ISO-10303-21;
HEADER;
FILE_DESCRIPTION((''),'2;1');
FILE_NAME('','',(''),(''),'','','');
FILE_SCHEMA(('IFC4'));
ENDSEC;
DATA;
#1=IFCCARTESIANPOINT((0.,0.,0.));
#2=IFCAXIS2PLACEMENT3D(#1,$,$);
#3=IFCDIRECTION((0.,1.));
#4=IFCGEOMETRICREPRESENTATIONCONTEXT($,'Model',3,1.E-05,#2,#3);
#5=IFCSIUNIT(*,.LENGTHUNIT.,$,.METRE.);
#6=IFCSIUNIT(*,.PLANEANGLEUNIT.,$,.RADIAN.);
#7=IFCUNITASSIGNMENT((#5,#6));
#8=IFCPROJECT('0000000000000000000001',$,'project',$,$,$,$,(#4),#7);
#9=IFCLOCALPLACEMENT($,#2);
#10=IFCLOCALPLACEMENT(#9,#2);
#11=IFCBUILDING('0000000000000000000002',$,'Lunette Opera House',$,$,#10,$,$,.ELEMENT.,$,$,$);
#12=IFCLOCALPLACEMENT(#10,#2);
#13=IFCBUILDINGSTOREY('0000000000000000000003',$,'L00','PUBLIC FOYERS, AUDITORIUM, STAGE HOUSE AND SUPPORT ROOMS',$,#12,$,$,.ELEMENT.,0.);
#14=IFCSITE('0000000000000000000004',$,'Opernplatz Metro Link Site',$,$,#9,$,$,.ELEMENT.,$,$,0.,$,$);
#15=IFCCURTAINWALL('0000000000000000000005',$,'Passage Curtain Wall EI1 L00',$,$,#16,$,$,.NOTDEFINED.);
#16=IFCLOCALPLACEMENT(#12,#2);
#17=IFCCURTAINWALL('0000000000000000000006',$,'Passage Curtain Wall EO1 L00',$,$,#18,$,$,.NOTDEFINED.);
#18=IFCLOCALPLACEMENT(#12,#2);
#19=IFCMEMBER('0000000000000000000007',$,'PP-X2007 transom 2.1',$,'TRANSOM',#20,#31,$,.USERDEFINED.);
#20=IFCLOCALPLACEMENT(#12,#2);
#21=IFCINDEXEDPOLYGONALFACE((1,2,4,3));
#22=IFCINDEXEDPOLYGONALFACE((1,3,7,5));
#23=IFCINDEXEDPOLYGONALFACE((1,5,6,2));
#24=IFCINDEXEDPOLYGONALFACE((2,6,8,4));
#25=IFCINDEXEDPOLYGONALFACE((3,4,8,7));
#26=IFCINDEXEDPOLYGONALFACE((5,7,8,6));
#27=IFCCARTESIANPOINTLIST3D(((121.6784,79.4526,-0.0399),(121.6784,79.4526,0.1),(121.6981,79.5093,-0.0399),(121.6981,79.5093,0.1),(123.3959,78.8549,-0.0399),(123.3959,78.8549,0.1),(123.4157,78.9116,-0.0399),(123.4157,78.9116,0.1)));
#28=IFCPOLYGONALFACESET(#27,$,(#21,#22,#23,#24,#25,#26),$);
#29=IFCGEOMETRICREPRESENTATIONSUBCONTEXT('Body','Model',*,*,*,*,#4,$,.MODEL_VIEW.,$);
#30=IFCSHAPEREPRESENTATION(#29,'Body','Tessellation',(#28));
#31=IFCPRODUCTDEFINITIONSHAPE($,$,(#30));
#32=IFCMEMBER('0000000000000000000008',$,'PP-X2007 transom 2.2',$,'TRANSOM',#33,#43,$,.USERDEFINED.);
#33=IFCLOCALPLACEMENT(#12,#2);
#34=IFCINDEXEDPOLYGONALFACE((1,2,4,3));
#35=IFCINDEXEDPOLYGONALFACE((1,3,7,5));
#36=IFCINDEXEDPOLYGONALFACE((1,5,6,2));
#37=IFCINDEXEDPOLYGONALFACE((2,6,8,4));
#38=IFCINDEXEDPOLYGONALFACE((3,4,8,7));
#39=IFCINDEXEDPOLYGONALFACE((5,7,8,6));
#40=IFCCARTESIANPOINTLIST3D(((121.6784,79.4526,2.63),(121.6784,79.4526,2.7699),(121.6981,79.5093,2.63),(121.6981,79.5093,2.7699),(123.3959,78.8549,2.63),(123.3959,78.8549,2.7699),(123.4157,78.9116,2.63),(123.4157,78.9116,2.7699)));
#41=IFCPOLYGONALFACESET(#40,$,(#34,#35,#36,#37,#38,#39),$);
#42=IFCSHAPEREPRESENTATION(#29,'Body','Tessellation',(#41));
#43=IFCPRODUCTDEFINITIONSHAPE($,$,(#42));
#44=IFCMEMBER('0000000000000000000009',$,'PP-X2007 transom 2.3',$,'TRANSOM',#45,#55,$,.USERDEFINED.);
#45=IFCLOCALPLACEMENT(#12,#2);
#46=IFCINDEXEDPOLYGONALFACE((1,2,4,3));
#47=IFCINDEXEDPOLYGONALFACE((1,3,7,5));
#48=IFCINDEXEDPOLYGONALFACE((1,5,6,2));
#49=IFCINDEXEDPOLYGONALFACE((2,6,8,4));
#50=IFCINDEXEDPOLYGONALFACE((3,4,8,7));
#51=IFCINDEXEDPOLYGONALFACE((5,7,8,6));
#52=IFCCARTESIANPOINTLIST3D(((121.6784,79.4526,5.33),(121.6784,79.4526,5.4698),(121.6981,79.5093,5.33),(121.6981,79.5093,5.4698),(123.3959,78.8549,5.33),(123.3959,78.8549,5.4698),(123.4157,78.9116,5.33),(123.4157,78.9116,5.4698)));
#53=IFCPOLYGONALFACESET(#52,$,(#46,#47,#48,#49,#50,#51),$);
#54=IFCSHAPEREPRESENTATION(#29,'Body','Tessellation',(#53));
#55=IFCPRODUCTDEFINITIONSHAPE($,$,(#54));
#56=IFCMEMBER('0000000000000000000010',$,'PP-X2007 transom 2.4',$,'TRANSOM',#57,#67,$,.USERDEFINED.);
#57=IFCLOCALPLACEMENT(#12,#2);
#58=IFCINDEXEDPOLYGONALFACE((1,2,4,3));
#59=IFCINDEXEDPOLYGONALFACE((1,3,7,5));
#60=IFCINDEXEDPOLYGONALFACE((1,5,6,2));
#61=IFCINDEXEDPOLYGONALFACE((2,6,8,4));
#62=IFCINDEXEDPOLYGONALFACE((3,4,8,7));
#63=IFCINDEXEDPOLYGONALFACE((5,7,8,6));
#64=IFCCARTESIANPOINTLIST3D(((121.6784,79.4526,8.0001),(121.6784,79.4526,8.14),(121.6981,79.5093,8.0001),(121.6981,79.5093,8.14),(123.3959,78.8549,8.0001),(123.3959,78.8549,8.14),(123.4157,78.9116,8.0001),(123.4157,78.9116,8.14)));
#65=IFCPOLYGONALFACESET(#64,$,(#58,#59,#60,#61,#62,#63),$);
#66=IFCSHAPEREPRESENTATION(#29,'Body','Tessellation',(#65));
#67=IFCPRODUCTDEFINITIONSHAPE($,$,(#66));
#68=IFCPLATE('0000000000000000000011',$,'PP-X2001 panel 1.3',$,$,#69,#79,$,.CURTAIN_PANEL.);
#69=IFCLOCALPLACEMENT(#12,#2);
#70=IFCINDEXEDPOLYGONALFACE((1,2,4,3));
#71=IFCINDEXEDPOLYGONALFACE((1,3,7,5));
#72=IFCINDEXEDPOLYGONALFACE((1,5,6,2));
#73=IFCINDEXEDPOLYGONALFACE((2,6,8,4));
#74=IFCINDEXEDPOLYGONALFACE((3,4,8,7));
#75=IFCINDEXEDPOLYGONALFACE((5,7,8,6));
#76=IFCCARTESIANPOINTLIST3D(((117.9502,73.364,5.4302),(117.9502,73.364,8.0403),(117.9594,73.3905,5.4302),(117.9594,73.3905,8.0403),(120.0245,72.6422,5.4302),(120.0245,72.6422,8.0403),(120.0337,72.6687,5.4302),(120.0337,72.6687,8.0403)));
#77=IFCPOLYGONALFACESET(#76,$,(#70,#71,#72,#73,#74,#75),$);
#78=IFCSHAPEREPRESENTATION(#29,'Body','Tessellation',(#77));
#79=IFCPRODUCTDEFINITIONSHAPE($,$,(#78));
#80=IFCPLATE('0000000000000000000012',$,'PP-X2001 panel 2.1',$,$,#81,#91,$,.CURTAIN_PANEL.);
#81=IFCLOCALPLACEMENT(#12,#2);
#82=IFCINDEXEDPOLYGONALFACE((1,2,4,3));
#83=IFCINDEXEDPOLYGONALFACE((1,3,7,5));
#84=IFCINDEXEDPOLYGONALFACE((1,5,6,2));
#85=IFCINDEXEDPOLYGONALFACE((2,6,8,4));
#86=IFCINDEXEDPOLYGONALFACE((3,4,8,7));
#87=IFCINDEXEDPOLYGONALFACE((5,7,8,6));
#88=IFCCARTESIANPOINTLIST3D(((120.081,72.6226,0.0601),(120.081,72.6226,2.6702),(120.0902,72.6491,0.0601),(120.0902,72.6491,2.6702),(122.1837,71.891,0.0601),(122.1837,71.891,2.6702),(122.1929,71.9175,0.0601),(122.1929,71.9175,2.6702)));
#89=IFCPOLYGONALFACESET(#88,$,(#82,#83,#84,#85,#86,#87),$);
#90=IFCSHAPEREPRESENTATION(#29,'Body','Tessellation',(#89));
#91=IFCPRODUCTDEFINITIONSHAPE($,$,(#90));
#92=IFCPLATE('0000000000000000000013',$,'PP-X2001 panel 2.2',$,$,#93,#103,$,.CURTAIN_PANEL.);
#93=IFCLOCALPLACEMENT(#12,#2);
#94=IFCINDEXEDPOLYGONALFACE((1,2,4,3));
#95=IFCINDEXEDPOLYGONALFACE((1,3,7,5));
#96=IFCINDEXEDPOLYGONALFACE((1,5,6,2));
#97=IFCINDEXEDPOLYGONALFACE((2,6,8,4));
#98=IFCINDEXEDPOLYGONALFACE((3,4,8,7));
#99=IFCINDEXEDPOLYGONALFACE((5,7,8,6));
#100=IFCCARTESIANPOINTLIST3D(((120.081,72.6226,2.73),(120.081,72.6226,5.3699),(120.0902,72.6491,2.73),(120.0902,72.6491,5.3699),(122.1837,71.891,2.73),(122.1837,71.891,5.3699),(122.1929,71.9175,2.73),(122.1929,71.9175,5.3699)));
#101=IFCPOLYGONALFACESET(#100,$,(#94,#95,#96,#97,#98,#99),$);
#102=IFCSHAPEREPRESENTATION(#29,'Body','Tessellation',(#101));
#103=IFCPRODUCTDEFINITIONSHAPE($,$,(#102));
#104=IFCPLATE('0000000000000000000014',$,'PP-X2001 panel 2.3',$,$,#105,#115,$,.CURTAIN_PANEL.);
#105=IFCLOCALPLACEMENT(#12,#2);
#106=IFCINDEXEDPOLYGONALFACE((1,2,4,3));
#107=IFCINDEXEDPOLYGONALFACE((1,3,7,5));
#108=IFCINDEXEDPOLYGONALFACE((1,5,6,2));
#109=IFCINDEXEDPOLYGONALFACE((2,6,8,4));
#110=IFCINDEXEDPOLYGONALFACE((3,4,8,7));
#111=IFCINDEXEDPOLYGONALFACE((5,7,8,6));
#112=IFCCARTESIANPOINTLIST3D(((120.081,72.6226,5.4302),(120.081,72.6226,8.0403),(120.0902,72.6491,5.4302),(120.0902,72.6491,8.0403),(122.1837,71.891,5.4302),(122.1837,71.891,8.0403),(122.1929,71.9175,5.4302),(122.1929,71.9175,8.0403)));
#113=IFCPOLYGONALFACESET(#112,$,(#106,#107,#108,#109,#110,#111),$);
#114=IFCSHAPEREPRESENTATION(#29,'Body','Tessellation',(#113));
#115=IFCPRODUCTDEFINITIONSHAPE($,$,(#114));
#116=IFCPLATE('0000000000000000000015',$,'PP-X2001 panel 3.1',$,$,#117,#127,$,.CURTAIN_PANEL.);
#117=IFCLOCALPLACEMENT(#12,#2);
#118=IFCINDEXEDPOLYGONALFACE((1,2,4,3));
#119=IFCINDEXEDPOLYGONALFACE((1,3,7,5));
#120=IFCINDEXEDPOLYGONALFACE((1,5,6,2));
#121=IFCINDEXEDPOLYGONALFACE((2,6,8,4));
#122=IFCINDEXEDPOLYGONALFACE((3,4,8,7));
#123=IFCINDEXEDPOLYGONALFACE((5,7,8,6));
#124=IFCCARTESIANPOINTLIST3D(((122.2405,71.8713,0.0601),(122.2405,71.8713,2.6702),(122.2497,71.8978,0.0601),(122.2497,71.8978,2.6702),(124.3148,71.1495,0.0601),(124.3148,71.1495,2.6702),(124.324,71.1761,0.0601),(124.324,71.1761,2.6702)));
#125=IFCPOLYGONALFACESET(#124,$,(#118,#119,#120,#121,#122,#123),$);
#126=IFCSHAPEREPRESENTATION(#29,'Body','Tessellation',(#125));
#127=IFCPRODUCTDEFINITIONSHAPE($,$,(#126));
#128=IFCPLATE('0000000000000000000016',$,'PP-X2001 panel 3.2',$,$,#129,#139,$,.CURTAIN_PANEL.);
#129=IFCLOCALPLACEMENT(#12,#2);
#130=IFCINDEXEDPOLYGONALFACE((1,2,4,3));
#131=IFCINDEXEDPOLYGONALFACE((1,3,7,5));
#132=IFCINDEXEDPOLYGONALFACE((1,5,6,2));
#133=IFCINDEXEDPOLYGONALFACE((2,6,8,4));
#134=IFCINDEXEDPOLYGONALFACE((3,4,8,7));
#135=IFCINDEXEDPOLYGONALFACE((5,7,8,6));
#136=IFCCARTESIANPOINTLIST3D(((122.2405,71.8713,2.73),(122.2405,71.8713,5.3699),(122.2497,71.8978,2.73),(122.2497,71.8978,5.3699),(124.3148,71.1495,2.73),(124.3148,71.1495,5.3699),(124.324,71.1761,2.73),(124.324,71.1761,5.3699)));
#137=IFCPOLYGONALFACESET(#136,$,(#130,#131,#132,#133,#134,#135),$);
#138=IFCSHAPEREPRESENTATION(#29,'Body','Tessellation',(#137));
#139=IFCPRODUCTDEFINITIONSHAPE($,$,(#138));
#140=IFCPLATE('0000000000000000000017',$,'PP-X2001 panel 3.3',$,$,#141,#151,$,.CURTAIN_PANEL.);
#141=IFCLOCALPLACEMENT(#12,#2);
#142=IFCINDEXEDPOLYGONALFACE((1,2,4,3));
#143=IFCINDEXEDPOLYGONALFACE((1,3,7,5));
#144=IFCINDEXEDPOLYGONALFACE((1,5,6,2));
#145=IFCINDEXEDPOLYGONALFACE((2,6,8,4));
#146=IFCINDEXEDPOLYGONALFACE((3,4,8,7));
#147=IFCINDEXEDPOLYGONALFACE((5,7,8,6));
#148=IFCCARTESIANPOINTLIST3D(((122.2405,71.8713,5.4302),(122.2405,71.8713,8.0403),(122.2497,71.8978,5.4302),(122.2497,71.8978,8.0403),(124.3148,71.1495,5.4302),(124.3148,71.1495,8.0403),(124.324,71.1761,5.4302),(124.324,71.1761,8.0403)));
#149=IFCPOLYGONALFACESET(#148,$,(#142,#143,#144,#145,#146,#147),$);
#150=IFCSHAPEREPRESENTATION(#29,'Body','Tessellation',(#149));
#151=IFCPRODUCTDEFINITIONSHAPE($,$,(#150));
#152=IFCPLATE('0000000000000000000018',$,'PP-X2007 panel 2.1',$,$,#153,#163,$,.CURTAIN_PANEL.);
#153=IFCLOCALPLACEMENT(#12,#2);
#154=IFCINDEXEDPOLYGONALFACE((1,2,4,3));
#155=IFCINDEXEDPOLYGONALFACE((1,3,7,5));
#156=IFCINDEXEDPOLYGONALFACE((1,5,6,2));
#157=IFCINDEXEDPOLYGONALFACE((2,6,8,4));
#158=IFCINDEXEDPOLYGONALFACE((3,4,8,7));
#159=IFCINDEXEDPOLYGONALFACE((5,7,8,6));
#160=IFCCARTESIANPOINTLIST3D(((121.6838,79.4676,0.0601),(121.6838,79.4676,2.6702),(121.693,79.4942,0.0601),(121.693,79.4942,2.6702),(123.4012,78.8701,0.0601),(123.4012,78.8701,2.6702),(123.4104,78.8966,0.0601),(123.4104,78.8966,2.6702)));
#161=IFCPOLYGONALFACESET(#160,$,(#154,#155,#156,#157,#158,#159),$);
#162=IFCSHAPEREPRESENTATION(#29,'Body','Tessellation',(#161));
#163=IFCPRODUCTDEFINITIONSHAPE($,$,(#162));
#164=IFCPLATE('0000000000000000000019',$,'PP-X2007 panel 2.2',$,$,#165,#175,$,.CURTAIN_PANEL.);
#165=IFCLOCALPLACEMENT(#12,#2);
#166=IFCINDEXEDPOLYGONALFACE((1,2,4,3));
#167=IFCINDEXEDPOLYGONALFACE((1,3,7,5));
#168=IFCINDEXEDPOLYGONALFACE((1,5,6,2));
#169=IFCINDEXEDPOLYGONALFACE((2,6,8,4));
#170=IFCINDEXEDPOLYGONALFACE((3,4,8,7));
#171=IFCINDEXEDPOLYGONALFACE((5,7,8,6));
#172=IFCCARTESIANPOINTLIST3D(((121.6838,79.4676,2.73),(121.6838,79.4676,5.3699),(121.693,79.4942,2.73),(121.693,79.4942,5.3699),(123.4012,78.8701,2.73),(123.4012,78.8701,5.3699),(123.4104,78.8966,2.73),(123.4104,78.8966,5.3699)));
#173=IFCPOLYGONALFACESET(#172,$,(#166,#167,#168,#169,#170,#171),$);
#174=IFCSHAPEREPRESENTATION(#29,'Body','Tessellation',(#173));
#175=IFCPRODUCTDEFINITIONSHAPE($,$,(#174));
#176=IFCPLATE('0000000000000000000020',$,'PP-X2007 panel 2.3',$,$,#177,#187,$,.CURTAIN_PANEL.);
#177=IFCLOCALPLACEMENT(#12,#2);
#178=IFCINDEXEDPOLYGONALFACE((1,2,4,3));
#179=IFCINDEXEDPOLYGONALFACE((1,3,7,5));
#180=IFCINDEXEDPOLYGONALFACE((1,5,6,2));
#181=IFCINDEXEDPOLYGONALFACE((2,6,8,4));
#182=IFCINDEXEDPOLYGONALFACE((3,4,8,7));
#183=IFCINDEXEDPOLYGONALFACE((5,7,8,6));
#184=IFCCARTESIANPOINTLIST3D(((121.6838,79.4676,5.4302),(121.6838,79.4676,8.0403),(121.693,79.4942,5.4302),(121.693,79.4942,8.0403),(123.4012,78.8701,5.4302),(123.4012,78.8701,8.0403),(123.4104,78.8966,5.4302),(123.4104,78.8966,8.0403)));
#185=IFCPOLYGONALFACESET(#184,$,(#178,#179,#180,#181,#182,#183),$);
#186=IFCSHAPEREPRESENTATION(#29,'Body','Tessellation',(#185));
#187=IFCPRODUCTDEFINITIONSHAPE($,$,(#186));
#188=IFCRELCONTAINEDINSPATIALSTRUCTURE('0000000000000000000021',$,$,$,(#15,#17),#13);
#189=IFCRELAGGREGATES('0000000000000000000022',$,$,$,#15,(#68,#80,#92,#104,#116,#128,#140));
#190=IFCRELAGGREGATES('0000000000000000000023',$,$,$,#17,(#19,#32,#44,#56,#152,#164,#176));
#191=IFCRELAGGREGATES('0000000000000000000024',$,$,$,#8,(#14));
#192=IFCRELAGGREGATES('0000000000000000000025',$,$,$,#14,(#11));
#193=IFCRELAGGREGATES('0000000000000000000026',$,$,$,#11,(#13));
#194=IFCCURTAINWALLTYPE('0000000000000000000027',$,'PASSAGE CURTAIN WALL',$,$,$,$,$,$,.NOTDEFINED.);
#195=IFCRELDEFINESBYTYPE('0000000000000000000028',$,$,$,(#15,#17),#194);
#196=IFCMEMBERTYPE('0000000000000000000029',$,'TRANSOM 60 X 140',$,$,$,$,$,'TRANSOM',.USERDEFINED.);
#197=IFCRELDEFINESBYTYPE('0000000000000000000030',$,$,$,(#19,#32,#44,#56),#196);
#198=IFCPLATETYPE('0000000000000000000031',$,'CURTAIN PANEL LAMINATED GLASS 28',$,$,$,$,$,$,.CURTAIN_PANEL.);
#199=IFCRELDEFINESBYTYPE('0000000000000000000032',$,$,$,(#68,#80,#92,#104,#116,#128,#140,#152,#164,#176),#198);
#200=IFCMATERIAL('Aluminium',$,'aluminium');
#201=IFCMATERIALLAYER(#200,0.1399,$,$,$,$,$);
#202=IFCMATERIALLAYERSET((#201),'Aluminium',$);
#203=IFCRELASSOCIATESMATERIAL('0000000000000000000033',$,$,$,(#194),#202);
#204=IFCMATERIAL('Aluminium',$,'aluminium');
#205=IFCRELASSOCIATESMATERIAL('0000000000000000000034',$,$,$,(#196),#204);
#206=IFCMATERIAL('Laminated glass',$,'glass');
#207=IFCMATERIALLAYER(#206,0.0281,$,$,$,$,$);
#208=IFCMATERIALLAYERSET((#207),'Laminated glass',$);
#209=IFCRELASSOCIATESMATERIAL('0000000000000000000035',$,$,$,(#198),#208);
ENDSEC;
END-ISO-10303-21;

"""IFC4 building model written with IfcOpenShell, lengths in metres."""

from ifc_helpers import new_model, si_unit, direction, frame, origin, origin_2d, place, context, subcontext, project, spatial, rectangle, extrude, material, layer, layer_set, material_profile, profile_set, type_object, element, aggregate, save


model = new_model("IFC4")

# Units and contexts
model_context = context("Model", 3, precision=1e-05, world=origin(), true_north=direction((0.0, 1.0)))
body_context = subcontext(model_context, "Body", "Model", "MODEL_VIEW")
ifc_project = project(units=[si_unit("LENGTHUNIT", "METRE"), si_unit("PLANEANGLEUNIT", "RADIAN")], contexts=[model_context])

# Site, building, storey
site_placement = place(None, origin())
site = spatial("IfcSite", under=ifc_project, at=site_placement, Name="Opernplatz Metro Link Site", CompositionType="ELEMENT", RefElevation=0.0)
building_placement = place(site_placement, origin())
building = spatial("IfcBuilding", under=site, at=building_placement, Name="Lunette Opera House", CompositionType="ELEMENT")
storey_placement = place(building_placement, origin())
storey = spatial("IfcBuildingStorey", under=building, at=storey_placement, Name="L00", Description="PUBLIC FOYERS, AUDITORIUM, STAGE HOUSE AND SUPPORT ROOMS", CompositionType="ELEMENT", Elevation=0.0)

# Curtain wall
ifc_material_1 = material(Name="Aluminium", Category="aluminium")
ifc_layer_1 = layer(ifc_material_1, 0.1399)
ifc_layer_set_1 = layer_set([ifc_layer_1], Name="Aluminium")
curtain_wall_type = type_object("IfcCurtainWallType", Name="PASSAGE CURTAIN WALL", PredefinedType="NOTDEFINED", material=ifc_layer_set_1)
curtain_wall_1_placement = place(storey_placement, origin())
curtain_wall_1 = element("IfcCurtainWall", 1, at=curtain_wall_1_placement, inside=storey, type_object=curtain_wall_type, Name="Passage Curtain Wall EI1 L00", PredefinedType="NOTDEFINED")

# Curtain wall
curtain_wall_2_placement = place(storey_placement, origin())
curtain_wall_2 = element("IfcCurtainWall", 2, at=curtain_wall_2_placement, inside=storey, type_object=curtain_wall_type, Name="Passage Curtain Wall EO1 L00", PredefinedType="NOTDEFINED")

# Members
ifc_material_2 = material(Name="Aluminium", Category="aluminium")
ifc_material_profile_1 = material_profile(ifc_material_2, rectangle(XDim=0.0601, YDim=0.1399, at=origin_2d()), Name="TRANSOM 60 X 140")
ifc_profile_set_1 = profile_set([ifc_material_profile_1], Name="Aluminium")
member_type_1 = type_object("IfcMemberType", Name="TRANSOM 60 X 140", ElementType="TRANSOM", PredefinedType="USERDEFINED", material=ifc_profile_set_1)
member_1_placement = place(storey_placement, frame((121.6882, 79.481, 0.03), z_axis=(0.944453, -0.328646, 0.0), x_axis=(0.328646, 0.944453, 0.0)))
member_1 = element("IfcMember", 3, at=member_1_placement, type_object=member_type_1, Name="PP-X2007 transom 2.1", ObjectType="TRANSOM", PredefinedType="USERDEFINED", context=body_context, shape_type="SweptSolid", body=[
    extrude(rectangle(XDim=0.0601, YDim=0.1399, at=origin_2d()), origin(), (0.0, 0.0, 1.0), 1.8186),
])
member_2_placement = place(storey_placement, frame((121.6882, 79.481, 2.7), z_axis=(0.944453, -0.328646, 0.0), x_axis=(0.328646, 0.944453, 0.0)))
member_2 = element("IfcMember", 4, at=member_2_placement, type_object=member_type_1, Name="PP-X2007 transom 2.2", ObjectType="TRANSOM", PredefinedType="USERDEFINED", context=body_context, shape_type="SweptSolid", body=[
    extrude(rectangle(XDim=0.0601, YDim=0.1399, at=origin_2d()), origin(), (0.0, 0.0, 1.0), 1.8186),
])
member_3_placement = place(storey_placement, frame((121.6882, 79.481, 5.3999), z_axis=(0.944453, -0.328646, 0.0), x_axis=(0.328646, 0.944453, 0.0)))
member_3 = element("IfcMember", 5, at=member_3_placement, type_object=member_type_1, Name="PP-X2007 transom 2.3", ObjectType="TRANSOM", PredefinedType="USERDEFINED", context=body_context, shape_type="SweptSolid", body=[
    extrude(rectangle(XDim=0.0601, YDim=0.1399, at=origin_2d()), origin(), (0.0, 0.0, 1.0), 1.8186),
])
member_4_placement = place(storey_placement, frame((121.6882, 79.481, 8.0701), z_axis=(0.944453, -0.328646, 0.0), x_axis=(0.328646, 0.944453, 0.0)))
member_4 = element("IfcMember", 6, at=member_4_placement, type_object=member_type_1, Name="PP-X2007 transom 2.4", ObjectType="TRANSOM", PredefinedType="USERDEFINED", context=body_context, shape_type="SweptSolid", body=[
    extrude(rectangle(XDim=0.0601, YDim=0.1399, at=origin_2d()), origin(), (0.0, 0.0, 1.0), 1.8186),
])

# Plates
ifc_material_3 = material(Name="Laminated glass", Category="glass")
ifc_layer_2 = layer(ifc_material_3, 0.0281)
ifc_layer_set_2 = layer_set([ifc_layer_2], Name="Laminated glass")
plate_type_1 = type_object("IfcPlateType", Name="CURTAIN PANEL LAMINATED GLASS 28", PredefinedType="CURTAIN_PANEL", material=ifc_layer_set_2)
plate_1_placement = place(storey_placement, frame((118.9919, 73.0164, 5.4302), z_axis=(0.0, 0.0, 1.0), x_axis=(0.944461, -0.328622, 0.0)))
plate_1 = element("IfcPlate", 7, at=plate_1_placement, type_object=plate_type_1, Name="PP-X2001 panel 1.3", PredefinedType="CURTAIN_PANEL", context=body_context, shape_type="SweptSolid", body=[
    extrude(rectangle(XDim=2.1963, YDim=0.0281, at=origin_2d()), origin(), (0.0, 0.0, 1.0), 2.6101),
])
plate_2_placement = place(storey_placement, frame((121.137, 72.27, 0.0601), z_axis=(0.0, 0.0, 1.0), x_axis=(0.944461, -0.328622, 0.0)))
plate_2 = element("IfcPlate", 8, at=plate_2_placement, type_object=plate_type_1, Name="PP-X2001 panel 2.1", PredefinedType="CURTAIN_PANEL", context=body_context, shape_type="SweptSolid", body=[
    extrude(rectangle(XDim=2.2263, YDim=0.0281, at=origin_2d()), origin(), (0.0, 0.0, 1.0), 2.6101),
])
plate_3_placement = place(storey_placement, frame((121.137, 72.27, 2.73), z_axis=(0.0, 0.0, 1.0), x_axis=(0.944461, -0.328622, 0.0)))
plate_3 = element("IfcPlate", 9, at=plate_3_placement, type_object=plate_type_1, Name="PP-X2001 panel 2.2", PredefinedType="CURTAIN_PANEL", context=body_context, shape_type="SweptSolid", body=[
    extrude(rectangle(XDim=2.2263, YDim=0.0281, at=origin_2d()), origin(), (0.0, 0.0, 1.0), 2.6399),
])
plate_4_placement = place(storey_placement, frame((121.137, 72.27, 5.4302), z_axis=(0.0, 0.0, 1.0), x_axis=(0.944461, -0.328622, 0.0)))
plate_4 = element("IfcPlate", 10, at=plate_4_placement, type_object=plate_type_1, Name="PP-X2001 panel 2.3", PredefinedType="CURTAIN_PANEL", context=body_context, shape_type="SweptSolid", body=[
    extrude(rectangle(XDim=2.2263, YDim=0.0281, at=origin_2d()), origin(), (0.0, 0.0, 1.0), 2.6101),
])
plate_5_placement = place(storey_placement, frame((123.2822, 71.5237, 0.0601), z_axis=(0.0, 0.0, 1.0), x_axis=(0.944461, -0.328622, 0.0)))
plate_5 = element("IfcPlate", 11, at=plate_5_placement, type_object=plate_type_1, Name="PP-X2001 panel 3.1", PredefinedType="CURTAIN_PANEL", context=body_context, shape_type="SweptSolid", body=[
    extrude(rectangle(XDim=2.1963, YDim=0.0281, at=origin_2d()), origin(), (0.0, 0.0, 1.0), 2.6101),
])
plate_6_placement = place(storey_placement, frame((123.2822, 71.5237, 2.73), z_axis=(0.0, 0.0, 1.0), x_axis=(0.944461, -0.328622, 0.0)))
plate_6 = element("IfcPlate", 12, at=plate_6_placement, type_object=plate_type_1, Name="PP-X2001 panel 3.2", PredefinedType="CURTAIN_PANEL", context=body_context, shape_type="SweptSolid", body=[
    extrude(rectangle(XDim=2.1963, YDim=0.0281, at=origin_2d()), origin(), (0.0, 0.0, 1.0), 2.6399),
])
plate_7_placement = place(storey_placement, frame((123.2822, 71.5237, 5.4302), z_axis=(0.0, 0.0, 1.0), x_axis=(0.944461, -0.328622, 0.0)))
plate_7 = element("IfcPlate", 13, at=plate_7_placement, type_object=plate_type_1, Name="PP-X2001 panel 3.3", PredefinedType="CURTAIN_PANEL", context=body_context, shape_type="SweptSolid", body=[
    extrude(rectangle(XDim=2.1963, YDim=0.0281, at=origin_2d()), origin(), (0.0, 0.0, 1.0), 2.6101),
])
aggregate(curtain_wall_1, [plate_1, plate_2, plate_3, plate_4, plate_5, plate_6, plate_7])
plate_8_placement = place(storey_placement, frame((122.5471, 79.1821, 0.0601), z_axis=(0.0, 0.0, 1.0), x_axis=(0.944463, -0.328619, 0.0)))
plate_8 = element("IfcPlate", 14, at=plate_8_placement, type_object=plate_type_1, Name="PP-X2007 panel 2.1", PredefinedType="CURTAIN_PANEL", context=body_context, shape_type="SweptSolid", body=[
    extrude(rectangle(XDim=1.8184, YDim=0.0281, at=origin_2d()), origin(), (0.0, 0.0, 1.0), 2.6101),
])
plate_9_placement = place(storey_placement, frame((122.5471, 79.1821, 2.73), z_axis=(0.0, 0.0, 1.0), x_axis=(0.944463, -0.328619, 0.0)))
plate_9 = element("IfcPlate", 15, at=plate_9_placement, type_object=plate_type_1, Name="PP-X2007 panel 2.2", PredefinedType="CURTAIN_PANEL", context=body_context, shape_type="SweptSolid", body=[
    extrude(rectangle(XDim=1.8184, YDim=0.0281, at=origin_2d()), origin(), (0.0, 0.0, 1.0), 2.6399),
])
plate_10_placement = place(storey_placement, frame((122.5471, 79.1821, 5.4302), z_axis=(0.0, 0.0, 1.0), x_axis=(0.944463, -0.328619, 0.0)))
plate_10 = element("IfcPlate", 16, at=plate_10_placement, type_object=plate_type_1, Name="PP-X2007 panel 2.3", PredefinedType="CURTAIN_PANEL", context=body_context, shape_type="SweptSolid", body=[
    extrude(rectangle(XDim=1.8184, YDim=0.0281, at=origin_2d()), origin(), (0.0, 0.0, 1.0), 2.6101),
])
aggregate(curtain_wall_2, [member_1, member_2, member_3, member_4, plate_8, plate_9, plate_10])

save(model, "model.ifc")
